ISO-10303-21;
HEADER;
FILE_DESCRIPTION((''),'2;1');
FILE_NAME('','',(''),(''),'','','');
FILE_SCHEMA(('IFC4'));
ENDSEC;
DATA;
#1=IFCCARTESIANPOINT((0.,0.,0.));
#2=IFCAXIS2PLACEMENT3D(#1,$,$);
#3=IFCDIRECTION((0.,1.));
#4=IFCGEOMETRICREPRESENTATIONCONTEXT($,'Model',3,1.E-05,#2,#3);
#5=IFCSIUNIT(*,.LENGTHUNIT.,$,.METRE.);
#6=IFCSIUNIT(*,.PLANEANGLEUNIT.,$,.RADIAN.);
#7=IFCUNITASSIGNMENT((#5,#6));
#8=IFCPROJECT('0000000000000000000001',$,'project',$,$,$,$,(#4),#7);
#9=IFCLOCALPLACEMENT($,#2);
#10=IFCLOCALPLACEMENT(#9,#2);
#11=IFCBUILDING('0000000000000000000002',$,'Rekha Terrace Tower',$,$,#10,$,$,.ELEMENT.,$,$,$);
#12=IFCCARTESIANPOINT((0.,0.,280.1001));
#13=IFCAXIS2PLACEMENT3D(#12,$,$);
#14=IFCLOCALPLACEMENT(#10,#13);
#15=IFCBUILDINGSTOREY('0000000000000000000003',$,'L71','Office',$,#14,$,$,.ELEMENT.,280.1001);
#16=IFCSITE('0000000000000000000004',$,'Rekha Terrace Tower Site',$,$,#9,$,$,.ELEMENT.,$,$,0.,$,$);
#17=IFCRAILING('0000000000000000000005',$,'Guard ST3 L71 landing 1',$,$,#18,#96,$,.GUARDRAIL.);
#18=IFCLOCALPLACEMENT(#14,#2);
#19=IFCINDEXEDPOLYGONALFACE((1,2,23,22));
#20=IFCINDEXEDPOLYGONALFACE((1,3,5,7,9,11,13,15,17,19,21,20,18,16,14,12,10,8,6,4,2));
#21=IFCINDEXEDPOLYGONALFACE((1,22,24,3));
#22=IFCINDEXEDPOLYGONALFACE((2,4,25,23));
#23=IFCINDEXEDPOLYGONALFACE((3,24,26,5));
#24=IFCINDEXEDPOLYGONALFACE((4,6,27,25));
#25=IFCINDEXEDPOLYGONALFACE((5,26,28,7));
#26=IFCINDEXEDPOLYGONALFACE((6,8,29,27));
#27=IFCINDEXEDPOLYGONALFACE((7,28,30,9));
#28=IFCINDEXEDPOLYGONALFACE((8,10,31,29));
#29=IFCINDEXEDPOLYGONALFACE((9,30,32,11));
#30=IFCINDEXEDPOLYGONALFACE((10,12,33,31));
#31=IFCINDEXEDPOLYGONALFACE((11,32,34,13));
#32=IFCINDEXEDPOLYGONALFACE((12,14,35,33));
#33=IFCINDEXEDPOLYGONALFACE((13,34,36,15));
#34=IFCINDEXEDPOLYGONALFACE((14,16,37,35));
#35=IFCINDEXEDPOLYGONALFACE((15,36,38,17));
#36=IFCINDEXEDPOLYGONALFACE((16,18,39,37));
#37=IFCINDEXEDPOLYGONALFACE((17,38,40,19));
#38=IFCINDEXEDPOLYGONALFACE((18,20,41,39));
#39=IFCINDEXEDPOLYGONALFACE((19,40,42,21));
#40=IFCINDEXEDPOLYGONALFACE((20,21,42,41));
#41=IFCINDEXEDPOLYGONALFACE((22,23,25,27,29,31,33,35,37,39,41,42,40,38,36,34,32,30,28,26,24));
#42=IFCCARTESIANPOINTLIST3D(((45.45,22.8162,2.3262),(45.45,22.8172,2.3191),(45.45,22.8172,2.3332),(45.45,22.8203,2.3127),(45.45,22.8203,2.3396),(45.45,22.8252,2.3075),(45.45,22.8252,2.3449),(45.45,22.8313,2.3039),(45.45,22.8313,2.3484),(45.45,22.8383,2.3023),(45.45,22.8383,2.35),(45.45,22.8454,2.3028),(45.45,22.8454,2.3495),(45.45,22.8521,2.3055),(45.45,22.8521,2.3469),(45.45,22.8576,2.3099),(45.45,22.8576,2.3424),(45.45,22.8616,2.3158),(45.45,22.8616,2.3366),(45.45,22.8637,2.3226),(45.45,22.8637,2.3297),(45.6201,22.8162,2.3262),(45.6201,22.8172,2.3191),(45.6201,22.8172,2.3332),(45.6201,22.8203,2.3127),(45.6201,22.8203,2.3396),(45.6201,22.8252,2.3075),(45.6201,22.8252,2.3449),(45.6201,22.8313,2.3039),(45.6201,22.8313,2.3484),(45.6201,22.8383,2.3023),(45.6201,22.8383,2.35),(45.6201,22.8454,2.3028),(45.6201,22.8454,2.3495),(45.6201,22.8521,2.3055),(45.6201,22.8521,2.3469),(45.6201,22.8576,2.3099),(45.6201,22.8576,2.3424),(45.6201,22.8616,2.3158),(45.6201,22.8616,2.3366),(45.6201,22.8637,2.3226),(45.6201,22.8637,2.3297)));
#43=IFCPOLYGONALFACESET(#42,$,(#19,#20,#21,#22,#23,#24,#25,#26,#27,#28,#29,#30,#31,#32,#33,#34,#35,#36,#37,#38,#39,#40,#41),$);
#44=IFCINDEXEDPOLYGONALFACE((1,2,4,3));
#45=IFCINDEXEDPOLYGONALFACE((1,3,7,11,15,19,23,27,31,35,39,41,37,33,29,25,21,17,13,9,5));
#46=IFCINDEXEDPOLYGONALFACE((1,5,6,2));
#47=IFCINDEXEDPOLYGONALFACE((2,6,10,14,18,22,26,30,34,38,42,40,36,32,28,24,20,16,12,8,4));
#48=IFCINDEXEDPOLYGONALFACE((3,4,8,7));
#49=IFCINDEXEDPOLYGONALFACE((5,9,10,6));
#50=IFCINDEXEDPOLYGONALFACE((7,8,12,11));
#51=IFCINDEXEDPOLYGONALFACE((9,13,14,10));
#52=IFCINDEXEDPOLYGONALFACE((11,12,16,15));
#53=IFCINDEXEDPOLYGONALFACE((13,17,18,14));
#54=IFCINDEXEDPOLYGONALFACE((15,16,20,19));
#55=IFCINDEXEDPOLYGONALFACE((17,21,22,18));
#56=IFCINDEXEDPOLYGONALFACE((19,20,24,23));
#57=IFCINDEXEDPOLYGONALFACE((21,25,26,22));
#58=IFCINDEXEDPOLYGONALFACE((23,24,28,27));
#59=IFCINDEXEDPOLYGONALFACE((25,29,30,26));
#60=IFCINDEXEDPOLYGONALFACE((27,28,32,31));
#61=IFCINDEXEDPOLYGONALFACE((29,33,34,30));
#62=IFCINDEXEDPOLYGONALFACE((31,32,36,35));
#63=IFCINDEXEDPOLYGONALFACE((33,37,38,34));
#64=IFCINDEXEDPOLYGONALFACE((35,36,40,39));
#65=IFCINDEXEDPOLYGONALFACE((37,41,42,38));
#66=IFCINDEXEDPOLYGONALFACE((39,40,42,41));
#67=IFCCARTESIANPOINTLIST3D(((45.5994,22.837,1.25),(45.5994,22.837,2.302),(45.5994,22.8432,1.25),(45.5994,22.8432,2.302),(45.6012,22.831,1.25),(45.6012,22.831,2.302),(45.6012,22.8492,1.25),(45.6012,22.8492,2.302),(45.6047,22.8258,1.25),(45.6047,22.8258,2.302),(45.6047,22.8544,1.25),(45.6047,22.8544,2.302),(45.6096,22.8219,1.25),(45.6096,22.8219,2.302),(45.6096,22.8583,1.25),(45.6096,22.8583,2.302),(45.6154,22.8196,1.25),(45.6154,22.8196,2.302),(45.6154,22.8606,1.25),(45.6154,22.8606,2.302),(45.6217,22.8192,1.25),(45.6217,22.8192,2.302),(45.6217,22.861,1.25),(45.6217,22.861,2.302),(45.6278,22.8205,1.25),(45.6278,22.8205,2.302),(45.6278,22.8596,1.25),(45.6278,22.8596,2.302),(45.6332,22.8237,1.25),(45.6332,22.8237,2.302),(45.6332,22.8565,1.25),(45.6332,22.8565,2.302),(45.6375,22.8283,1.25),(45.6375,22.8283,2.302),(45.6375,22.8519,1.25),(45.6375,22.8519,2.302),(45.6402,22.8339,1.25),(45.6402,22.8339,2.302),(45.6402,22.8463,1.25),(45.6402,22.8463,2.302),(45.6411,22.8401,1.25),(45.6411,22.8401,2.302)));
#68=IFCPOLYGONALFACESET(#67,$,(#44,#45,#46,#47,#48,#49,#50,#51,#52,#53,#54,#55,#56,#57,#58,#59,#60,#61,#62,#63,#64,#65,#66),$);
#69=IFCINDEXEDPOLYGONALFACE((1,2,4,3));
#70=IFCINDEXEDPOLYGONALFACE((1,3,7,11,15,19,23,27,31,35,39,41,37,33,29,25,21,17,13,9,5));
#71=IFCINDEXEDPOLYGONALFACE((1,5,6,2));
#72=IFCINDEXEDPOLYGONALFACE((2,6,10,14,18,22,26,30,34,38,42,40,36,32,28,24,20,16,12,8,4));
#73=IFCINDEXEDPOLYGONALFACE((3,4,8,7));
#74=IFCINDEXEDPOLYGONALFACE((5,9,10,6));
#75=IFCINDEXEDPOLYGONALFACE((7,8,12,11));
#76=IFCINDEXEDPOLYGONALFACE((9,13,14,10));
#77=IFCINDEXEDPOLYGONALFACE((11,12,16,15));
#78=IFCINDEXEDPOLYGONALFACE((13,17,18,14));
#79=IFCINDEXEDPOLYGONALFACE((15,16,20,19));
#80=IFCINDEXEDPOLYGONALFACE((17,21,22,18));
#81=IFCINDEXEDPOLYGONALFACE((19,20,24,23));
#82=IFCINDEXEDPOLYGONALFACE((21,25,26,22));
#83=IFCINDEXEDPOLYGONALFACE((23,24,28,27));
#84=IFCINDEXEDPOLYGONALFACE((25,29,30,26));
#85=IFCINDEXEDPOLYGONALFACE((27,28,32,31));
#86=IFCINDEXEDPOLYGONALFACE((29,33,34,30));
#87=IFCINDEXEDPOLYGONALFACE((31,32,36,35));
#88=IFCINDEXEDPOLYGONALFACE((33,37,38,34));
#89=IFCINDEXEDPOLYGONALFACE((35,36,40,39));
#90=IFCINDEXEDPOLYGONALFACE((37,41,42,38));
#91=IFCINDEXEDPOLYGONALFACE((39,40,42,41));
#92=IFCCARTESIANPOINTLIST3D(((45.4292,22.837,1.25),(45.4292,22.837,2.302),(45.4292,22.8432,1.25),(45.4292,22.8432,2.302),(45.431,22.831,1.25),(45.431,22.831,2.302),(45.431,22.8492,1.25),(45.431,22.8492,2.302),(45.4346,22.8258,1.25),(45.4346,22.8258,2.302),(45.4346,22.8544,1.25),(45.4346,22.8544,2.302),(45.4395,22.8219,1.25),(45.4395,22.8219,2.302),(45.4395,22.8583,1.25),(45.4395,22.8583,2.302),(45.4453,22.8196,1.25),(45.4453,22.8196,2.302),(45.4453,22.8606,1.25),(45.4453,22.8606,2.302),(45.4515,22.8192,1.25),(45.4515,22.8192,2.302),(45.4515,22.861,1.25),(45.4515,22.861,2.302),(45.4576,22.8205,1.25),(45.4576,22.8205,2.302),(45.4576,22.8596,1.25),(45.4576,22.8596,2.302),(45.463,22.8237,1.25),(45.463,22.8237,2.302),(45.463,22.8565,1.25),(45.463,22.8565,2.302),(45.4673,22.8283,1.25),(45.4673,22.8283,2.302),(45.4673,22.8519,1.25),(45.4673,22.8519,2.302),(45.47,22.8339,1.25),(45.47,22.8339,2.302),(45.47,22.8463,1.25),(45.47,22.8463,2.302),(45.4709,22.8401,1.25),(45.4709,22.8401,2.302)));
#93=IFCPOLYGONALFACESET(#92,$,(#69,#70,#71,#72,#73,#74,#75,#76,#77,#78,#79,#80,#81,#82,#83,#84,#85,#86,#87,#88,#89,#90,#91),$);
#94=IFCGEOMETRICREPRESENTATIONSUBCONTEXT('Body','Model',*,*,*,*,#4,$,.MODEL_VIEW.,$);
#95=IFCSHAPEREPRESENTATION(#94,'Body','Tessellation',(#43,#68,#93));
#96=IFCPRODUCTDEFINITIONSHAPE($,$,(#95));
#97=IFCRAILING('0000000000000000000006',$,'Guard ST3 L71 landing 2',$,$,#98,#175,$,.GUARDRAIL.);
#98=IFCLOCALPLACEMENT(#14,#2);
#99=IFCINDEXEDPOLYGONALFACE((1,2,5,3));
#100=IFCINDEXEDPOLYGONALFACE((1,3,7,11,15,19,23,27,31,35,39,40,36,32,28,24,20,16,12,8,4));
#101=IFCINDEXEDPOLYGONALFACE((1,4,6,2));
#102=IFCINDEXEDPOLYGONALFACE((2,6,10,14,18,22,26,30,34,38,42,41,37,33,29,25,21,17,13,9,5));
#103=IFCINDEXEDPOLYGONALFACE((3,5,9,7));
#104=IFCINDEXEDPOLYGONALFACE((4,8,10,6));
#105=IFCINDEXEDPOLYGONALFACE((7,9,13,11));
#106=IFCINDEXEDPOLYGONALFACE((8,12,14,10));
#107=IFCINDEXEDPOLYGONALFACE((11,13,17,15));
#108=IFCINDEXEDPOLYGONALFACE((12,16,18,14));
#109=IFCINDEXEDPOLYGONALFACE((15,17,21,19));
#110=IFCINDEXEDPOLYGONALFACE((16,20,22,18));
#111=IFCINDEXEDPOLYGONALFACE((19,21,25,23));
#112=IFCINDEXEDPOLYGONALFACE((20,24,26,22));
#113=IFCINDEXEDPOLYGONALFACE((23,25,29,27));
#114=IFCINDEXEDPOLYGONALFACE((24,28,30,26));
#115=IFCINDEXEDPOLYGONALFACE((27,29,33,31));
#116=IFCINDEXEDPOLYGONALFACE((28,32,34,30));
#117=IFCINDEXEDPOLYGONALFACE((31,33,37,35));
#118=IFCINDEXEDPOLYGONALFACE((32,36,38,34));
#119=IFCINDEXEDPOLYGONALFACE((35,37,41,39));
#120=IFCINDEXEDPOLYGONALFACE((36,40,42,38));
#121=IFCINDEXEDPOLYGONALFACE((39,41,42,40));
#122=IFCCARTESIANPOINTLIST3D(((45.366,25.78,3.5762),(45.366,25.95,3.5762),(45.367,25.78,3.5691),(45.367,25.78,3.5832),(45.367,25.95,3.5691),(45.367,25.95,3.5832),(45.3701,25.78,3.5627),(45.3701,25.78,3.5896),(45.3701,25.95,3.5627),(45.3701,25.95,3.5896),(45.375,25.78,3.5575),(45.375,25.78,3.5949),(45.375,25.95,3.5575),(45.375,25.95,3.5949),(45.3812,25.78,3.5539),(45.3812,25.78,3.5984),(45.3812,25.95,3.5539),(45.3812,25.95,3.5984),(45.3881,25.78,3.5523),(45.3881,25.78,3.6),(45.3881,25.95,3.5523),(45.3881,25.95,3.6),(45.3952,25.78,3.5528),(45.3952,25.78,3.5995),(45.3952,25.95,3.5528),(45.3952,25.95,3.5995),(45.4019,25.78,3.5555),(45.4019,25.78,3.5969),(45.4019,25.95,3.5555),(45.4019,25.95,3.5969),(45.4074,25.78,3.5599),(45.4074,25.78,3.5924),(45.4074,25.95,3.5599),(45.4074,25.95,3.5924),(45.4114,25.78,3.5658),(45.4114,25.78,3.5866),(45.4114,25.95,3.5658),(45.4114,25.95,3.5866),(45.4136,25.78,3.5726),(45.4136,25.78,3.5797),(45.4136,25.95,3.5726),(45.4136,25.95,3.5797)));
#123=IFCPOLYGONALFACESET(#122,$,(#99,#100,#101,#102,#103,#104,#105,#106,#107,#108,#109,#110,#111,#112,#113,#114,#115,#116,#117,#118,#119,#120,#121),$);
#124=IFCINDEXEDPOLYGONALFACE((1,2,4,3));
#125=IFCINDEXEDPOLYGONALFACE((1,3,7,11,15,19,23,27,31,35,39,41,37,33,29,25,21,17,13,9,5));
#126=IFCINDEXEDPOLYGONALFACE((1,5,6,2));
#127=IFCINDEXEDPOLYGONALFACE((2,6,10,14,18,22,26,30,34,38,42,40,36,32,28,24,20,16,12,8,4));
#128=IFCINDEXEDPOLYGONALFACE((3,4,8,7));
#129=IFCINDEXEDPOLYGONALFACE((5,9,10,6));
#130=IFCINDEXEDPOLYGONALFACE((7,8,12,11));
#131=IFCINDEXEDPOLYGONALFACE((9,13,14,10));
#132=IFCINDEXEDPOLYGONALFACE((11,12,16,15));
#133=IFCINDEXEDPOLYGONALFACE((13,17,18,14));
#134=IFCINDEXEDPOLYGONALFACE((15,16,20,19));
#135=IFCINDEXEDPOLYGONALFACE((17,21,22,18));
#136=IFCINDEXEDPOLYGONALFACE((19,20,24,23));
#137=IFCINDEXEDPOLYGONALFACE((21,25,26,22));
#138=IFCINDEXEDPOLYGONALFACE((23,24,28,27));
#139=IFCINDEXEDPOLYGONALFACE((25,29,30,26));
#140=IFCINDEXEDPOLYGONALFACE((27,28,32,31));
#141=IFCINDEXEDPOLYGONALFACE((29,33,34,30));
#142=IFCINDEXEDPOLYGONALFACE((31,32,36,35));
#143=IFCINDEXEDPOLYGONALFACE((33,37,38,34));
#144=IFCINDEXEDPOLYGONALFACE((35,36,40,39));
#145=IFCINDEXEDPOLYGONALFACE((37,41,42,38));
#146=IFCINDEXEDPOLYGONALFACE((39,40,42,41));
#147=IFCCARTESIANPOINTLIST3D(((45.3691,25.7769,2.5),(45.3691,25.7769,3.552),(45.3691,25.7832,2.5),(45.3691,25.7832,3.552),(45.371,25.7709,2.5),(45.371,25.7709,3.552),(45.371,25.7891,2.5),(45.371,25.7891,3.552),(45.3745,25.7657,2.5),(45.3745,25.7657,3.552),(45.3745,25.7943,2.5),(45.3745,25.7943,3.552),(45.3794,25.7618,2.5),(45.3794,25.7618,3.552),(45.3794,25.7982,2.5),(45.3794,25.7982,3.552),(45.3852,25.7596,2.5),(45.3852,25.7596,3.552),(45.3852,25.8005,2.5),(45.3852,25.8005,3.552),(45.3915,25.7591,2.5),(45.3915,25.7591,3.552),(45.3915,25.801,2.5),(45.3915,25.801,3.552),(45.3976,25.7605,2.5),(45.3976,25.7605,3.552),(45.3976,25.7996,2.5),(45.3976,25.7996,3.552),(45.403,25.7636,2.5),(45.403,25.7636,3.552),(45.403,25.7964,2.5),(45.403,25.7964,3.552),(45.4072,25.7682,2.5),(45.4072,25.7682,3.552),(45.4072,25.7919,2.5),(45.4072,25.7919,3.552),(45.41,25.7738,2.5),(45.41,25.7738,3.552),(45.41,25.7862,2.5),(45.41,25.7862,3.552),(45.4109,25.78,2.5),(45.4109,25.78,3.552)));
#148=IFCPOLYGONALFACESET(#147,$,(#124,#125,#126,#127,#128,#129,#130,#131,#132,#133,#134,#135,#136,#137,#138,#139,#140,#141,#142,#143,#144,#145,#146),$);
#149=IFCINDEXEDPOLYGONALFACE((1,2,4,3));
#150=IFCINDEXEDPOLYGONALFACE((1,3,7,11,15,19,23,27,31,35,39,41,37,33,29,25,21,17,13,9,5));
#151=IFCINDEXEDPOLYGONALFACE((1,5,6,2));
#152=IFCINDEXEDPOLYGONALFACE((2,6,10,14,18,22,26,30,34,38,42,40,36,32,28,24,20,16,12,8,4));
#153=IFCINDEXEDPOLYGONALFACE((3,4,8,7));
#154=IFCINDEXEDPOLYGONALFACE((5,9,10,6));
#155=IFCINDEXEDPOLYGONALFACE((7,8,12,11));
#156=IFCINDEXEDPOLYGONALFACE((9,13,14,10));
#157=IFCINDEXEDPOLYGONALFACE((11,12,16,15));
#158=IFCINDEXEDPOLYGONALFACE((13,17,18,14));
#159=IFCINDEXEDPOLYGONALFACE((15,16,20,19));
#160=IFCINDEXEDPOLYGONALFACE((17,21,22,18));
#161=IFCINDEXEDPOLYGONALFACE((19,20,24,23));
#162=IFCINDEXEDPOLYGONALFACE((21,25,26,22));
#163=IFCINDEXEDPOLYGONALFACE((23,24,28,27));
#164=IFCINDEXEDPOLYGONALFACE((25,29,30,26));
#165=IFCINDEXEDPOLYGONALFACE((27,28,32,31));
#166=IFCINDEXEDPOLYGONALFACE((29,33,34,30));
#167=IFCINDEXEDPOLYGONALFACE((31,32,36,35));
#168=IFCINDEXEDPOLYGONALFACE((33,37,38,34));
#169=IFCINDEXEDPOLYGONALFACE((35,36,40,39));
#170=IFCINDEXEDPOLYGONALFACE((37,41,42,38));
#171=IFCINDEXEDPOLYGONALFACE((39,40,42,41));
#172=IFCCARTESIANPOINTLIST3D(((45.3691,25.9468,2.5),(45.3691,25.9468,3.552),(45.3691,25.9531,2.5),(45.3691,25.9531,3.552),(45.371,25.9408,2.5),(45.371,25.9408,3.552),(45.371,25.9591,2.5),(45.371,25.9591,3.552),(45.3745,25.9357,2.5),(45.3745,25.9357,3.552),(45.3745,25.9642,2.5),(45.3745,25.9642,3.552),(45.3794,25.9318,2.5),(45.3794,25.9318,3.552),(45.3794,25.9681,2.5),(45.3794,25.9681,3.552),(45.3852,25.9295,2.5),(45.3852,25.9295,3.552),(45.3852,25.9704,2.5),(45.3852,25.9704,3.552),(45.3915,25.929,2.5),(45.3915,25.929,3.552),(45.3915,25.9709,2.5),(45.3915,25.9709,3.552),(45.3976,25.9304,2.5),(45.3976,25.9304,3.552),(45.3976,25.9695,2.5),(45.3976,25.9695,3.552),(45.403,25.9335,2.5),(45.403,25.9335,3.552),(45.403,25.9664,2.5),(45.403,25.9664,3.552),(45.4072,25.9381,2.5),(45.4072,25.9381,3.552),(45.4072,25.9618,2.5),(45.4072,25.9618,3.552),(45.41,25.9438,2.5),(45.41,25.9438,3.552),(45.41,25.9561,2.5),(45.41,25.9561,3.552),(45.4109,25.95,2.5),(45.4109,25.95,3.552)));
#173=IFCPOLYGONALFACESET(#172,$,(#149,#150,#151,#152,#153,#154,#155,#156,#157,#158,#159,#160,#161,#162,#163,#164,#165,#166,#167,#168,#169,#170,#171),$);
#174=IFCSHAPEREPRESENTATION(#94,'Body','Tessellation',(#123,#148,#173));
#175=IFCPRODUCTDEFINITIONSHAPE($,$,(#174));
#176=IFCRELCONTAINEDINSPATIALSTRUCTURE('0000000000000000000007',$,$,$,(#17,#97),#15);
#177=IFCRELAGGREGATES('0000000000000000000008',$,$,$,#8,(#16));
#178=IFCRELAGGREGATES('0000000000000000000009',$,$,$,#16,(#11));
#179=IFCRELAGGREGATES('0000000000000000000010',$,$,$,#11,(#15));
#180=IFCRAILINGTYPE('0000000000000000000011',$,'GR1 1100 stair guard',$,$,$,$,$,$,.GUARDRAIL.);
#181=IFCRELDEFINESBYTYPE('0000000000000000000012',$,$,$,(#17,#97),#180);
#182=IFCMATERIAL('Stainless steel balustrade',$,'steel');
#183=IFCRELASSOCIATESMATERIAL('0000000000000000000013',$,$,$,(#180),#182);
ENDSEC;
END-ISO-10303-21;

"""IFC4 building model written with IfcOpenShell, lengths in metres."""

from ifc_helpers import new_model, si_unit, direction, frame, origin, origin_2d, place, context, subcontext, project, spatial, circle, extrude, material, type_object, element, save


model = new_model("IFC4")

# Units and contexts
model_context = context("Model", 3, precision=1e-05, world=origin(), true_north=direction((0.0, 1.0)))
body_context = subcontext(model_context, "Body", "Model", "MODEL_VIEW")
ifc_project = project(units=[si_unit("LENGTHUNIT", "METRE"), si_unit("PLANEANGLEUNIT", "RADIAN")], contexts=[model_context])

# Site, building, storey
site_placement = place(None, origin())
site = spatial("IfcSite", under=ifc_project, at=site_placement, Name="Rekha Terrace Tower Site", CompositionType="ELEMENT", RefElevation=0.0)
building_placement = place(site_placement, origin())
building = spatial("IfcBuilding", under=site, at=building_placement, Name="Rekha Terrace Tower", CompositionType="ELEMENT")
storey_placement = place(building_placement, frame((0.0, 0.0, 280.1001)))
storey = spatial("IfcBuildingStorey", under=building, at=storey_placement, Name="L71", Description="Office", CompositionType="ELEMENT", Elevation=280.1001)

# Railings
ifc_material_1 = material(Name="Stainless steel balustrade", Category="steel")
railing_type_1 = type_object("IfcRailingType", Name="GR1 1100 stair guard", PredefinedType="GUARDRAIL", material=ifc_material_1)
railing_1_placement = place(storey_placement, frame((45.6201, 22.8401, 1.25)))
element("IfcRailing", 1, at=railing_1_placement, inside=storey, type_object=railing_type_1, Name="Guard ST3 L71 landing 1", PredefinedType="GUARDRAIL", context=body_context, shape_type="SweptSolid", body=[
    extrude(circle(Radius=0.0239, at=origin_2d()), frame((0.0, 0.0, 1.0762), z_axis=(-1.0, 0.0, 0.0), x_axis=(0.0, -1.0, 0.0)), (0.0, 0.0, 1.0), 0.1702),
    extrude(circle(Radius=0.021, at=origin_2d()), origin(), (0.0, 0.0, 1.0), 1.052),
    extrude(circle(Radius=0.021, at=origin_2d()), frame((-0.1702, 0.0, 0.0)), (0.0, 0.0, 1.0), 1.052),
])
railing_2_placement = place(storey_placement, frame((45.3899, 25.78, 2.5)))
element("IfcRailing", 2, at=railing_2_placement, inside=storey, type_object=railing_type_1, Name="Guard ST3 L71 landing 2", PredefinedType="GUARDRAIL", context=body_context, shape_type="SweptSolid", body=[
    extrude(circle(Radius=0.0239, at=origin_2d()), frame((0.0, 0.0, 1.0762), z_axis=(0.0, 1.0, 0.0), x_axis=(-1.0, 0.0, 0.0)), (0.0, 0.0, 1.0), 0.1699),
    extrude(circle(Radius=0.021, at=origin_2d()), origin(), (0.0, 0.0, 1.0), 1.052),
    extrude(circle(Radius=0.021, at=origin_2d()), frame((0.0, 0.1699, 0.0)), (0.0, 0.0, 1.0), 1.052),
])

save(model, "model.ifc")
